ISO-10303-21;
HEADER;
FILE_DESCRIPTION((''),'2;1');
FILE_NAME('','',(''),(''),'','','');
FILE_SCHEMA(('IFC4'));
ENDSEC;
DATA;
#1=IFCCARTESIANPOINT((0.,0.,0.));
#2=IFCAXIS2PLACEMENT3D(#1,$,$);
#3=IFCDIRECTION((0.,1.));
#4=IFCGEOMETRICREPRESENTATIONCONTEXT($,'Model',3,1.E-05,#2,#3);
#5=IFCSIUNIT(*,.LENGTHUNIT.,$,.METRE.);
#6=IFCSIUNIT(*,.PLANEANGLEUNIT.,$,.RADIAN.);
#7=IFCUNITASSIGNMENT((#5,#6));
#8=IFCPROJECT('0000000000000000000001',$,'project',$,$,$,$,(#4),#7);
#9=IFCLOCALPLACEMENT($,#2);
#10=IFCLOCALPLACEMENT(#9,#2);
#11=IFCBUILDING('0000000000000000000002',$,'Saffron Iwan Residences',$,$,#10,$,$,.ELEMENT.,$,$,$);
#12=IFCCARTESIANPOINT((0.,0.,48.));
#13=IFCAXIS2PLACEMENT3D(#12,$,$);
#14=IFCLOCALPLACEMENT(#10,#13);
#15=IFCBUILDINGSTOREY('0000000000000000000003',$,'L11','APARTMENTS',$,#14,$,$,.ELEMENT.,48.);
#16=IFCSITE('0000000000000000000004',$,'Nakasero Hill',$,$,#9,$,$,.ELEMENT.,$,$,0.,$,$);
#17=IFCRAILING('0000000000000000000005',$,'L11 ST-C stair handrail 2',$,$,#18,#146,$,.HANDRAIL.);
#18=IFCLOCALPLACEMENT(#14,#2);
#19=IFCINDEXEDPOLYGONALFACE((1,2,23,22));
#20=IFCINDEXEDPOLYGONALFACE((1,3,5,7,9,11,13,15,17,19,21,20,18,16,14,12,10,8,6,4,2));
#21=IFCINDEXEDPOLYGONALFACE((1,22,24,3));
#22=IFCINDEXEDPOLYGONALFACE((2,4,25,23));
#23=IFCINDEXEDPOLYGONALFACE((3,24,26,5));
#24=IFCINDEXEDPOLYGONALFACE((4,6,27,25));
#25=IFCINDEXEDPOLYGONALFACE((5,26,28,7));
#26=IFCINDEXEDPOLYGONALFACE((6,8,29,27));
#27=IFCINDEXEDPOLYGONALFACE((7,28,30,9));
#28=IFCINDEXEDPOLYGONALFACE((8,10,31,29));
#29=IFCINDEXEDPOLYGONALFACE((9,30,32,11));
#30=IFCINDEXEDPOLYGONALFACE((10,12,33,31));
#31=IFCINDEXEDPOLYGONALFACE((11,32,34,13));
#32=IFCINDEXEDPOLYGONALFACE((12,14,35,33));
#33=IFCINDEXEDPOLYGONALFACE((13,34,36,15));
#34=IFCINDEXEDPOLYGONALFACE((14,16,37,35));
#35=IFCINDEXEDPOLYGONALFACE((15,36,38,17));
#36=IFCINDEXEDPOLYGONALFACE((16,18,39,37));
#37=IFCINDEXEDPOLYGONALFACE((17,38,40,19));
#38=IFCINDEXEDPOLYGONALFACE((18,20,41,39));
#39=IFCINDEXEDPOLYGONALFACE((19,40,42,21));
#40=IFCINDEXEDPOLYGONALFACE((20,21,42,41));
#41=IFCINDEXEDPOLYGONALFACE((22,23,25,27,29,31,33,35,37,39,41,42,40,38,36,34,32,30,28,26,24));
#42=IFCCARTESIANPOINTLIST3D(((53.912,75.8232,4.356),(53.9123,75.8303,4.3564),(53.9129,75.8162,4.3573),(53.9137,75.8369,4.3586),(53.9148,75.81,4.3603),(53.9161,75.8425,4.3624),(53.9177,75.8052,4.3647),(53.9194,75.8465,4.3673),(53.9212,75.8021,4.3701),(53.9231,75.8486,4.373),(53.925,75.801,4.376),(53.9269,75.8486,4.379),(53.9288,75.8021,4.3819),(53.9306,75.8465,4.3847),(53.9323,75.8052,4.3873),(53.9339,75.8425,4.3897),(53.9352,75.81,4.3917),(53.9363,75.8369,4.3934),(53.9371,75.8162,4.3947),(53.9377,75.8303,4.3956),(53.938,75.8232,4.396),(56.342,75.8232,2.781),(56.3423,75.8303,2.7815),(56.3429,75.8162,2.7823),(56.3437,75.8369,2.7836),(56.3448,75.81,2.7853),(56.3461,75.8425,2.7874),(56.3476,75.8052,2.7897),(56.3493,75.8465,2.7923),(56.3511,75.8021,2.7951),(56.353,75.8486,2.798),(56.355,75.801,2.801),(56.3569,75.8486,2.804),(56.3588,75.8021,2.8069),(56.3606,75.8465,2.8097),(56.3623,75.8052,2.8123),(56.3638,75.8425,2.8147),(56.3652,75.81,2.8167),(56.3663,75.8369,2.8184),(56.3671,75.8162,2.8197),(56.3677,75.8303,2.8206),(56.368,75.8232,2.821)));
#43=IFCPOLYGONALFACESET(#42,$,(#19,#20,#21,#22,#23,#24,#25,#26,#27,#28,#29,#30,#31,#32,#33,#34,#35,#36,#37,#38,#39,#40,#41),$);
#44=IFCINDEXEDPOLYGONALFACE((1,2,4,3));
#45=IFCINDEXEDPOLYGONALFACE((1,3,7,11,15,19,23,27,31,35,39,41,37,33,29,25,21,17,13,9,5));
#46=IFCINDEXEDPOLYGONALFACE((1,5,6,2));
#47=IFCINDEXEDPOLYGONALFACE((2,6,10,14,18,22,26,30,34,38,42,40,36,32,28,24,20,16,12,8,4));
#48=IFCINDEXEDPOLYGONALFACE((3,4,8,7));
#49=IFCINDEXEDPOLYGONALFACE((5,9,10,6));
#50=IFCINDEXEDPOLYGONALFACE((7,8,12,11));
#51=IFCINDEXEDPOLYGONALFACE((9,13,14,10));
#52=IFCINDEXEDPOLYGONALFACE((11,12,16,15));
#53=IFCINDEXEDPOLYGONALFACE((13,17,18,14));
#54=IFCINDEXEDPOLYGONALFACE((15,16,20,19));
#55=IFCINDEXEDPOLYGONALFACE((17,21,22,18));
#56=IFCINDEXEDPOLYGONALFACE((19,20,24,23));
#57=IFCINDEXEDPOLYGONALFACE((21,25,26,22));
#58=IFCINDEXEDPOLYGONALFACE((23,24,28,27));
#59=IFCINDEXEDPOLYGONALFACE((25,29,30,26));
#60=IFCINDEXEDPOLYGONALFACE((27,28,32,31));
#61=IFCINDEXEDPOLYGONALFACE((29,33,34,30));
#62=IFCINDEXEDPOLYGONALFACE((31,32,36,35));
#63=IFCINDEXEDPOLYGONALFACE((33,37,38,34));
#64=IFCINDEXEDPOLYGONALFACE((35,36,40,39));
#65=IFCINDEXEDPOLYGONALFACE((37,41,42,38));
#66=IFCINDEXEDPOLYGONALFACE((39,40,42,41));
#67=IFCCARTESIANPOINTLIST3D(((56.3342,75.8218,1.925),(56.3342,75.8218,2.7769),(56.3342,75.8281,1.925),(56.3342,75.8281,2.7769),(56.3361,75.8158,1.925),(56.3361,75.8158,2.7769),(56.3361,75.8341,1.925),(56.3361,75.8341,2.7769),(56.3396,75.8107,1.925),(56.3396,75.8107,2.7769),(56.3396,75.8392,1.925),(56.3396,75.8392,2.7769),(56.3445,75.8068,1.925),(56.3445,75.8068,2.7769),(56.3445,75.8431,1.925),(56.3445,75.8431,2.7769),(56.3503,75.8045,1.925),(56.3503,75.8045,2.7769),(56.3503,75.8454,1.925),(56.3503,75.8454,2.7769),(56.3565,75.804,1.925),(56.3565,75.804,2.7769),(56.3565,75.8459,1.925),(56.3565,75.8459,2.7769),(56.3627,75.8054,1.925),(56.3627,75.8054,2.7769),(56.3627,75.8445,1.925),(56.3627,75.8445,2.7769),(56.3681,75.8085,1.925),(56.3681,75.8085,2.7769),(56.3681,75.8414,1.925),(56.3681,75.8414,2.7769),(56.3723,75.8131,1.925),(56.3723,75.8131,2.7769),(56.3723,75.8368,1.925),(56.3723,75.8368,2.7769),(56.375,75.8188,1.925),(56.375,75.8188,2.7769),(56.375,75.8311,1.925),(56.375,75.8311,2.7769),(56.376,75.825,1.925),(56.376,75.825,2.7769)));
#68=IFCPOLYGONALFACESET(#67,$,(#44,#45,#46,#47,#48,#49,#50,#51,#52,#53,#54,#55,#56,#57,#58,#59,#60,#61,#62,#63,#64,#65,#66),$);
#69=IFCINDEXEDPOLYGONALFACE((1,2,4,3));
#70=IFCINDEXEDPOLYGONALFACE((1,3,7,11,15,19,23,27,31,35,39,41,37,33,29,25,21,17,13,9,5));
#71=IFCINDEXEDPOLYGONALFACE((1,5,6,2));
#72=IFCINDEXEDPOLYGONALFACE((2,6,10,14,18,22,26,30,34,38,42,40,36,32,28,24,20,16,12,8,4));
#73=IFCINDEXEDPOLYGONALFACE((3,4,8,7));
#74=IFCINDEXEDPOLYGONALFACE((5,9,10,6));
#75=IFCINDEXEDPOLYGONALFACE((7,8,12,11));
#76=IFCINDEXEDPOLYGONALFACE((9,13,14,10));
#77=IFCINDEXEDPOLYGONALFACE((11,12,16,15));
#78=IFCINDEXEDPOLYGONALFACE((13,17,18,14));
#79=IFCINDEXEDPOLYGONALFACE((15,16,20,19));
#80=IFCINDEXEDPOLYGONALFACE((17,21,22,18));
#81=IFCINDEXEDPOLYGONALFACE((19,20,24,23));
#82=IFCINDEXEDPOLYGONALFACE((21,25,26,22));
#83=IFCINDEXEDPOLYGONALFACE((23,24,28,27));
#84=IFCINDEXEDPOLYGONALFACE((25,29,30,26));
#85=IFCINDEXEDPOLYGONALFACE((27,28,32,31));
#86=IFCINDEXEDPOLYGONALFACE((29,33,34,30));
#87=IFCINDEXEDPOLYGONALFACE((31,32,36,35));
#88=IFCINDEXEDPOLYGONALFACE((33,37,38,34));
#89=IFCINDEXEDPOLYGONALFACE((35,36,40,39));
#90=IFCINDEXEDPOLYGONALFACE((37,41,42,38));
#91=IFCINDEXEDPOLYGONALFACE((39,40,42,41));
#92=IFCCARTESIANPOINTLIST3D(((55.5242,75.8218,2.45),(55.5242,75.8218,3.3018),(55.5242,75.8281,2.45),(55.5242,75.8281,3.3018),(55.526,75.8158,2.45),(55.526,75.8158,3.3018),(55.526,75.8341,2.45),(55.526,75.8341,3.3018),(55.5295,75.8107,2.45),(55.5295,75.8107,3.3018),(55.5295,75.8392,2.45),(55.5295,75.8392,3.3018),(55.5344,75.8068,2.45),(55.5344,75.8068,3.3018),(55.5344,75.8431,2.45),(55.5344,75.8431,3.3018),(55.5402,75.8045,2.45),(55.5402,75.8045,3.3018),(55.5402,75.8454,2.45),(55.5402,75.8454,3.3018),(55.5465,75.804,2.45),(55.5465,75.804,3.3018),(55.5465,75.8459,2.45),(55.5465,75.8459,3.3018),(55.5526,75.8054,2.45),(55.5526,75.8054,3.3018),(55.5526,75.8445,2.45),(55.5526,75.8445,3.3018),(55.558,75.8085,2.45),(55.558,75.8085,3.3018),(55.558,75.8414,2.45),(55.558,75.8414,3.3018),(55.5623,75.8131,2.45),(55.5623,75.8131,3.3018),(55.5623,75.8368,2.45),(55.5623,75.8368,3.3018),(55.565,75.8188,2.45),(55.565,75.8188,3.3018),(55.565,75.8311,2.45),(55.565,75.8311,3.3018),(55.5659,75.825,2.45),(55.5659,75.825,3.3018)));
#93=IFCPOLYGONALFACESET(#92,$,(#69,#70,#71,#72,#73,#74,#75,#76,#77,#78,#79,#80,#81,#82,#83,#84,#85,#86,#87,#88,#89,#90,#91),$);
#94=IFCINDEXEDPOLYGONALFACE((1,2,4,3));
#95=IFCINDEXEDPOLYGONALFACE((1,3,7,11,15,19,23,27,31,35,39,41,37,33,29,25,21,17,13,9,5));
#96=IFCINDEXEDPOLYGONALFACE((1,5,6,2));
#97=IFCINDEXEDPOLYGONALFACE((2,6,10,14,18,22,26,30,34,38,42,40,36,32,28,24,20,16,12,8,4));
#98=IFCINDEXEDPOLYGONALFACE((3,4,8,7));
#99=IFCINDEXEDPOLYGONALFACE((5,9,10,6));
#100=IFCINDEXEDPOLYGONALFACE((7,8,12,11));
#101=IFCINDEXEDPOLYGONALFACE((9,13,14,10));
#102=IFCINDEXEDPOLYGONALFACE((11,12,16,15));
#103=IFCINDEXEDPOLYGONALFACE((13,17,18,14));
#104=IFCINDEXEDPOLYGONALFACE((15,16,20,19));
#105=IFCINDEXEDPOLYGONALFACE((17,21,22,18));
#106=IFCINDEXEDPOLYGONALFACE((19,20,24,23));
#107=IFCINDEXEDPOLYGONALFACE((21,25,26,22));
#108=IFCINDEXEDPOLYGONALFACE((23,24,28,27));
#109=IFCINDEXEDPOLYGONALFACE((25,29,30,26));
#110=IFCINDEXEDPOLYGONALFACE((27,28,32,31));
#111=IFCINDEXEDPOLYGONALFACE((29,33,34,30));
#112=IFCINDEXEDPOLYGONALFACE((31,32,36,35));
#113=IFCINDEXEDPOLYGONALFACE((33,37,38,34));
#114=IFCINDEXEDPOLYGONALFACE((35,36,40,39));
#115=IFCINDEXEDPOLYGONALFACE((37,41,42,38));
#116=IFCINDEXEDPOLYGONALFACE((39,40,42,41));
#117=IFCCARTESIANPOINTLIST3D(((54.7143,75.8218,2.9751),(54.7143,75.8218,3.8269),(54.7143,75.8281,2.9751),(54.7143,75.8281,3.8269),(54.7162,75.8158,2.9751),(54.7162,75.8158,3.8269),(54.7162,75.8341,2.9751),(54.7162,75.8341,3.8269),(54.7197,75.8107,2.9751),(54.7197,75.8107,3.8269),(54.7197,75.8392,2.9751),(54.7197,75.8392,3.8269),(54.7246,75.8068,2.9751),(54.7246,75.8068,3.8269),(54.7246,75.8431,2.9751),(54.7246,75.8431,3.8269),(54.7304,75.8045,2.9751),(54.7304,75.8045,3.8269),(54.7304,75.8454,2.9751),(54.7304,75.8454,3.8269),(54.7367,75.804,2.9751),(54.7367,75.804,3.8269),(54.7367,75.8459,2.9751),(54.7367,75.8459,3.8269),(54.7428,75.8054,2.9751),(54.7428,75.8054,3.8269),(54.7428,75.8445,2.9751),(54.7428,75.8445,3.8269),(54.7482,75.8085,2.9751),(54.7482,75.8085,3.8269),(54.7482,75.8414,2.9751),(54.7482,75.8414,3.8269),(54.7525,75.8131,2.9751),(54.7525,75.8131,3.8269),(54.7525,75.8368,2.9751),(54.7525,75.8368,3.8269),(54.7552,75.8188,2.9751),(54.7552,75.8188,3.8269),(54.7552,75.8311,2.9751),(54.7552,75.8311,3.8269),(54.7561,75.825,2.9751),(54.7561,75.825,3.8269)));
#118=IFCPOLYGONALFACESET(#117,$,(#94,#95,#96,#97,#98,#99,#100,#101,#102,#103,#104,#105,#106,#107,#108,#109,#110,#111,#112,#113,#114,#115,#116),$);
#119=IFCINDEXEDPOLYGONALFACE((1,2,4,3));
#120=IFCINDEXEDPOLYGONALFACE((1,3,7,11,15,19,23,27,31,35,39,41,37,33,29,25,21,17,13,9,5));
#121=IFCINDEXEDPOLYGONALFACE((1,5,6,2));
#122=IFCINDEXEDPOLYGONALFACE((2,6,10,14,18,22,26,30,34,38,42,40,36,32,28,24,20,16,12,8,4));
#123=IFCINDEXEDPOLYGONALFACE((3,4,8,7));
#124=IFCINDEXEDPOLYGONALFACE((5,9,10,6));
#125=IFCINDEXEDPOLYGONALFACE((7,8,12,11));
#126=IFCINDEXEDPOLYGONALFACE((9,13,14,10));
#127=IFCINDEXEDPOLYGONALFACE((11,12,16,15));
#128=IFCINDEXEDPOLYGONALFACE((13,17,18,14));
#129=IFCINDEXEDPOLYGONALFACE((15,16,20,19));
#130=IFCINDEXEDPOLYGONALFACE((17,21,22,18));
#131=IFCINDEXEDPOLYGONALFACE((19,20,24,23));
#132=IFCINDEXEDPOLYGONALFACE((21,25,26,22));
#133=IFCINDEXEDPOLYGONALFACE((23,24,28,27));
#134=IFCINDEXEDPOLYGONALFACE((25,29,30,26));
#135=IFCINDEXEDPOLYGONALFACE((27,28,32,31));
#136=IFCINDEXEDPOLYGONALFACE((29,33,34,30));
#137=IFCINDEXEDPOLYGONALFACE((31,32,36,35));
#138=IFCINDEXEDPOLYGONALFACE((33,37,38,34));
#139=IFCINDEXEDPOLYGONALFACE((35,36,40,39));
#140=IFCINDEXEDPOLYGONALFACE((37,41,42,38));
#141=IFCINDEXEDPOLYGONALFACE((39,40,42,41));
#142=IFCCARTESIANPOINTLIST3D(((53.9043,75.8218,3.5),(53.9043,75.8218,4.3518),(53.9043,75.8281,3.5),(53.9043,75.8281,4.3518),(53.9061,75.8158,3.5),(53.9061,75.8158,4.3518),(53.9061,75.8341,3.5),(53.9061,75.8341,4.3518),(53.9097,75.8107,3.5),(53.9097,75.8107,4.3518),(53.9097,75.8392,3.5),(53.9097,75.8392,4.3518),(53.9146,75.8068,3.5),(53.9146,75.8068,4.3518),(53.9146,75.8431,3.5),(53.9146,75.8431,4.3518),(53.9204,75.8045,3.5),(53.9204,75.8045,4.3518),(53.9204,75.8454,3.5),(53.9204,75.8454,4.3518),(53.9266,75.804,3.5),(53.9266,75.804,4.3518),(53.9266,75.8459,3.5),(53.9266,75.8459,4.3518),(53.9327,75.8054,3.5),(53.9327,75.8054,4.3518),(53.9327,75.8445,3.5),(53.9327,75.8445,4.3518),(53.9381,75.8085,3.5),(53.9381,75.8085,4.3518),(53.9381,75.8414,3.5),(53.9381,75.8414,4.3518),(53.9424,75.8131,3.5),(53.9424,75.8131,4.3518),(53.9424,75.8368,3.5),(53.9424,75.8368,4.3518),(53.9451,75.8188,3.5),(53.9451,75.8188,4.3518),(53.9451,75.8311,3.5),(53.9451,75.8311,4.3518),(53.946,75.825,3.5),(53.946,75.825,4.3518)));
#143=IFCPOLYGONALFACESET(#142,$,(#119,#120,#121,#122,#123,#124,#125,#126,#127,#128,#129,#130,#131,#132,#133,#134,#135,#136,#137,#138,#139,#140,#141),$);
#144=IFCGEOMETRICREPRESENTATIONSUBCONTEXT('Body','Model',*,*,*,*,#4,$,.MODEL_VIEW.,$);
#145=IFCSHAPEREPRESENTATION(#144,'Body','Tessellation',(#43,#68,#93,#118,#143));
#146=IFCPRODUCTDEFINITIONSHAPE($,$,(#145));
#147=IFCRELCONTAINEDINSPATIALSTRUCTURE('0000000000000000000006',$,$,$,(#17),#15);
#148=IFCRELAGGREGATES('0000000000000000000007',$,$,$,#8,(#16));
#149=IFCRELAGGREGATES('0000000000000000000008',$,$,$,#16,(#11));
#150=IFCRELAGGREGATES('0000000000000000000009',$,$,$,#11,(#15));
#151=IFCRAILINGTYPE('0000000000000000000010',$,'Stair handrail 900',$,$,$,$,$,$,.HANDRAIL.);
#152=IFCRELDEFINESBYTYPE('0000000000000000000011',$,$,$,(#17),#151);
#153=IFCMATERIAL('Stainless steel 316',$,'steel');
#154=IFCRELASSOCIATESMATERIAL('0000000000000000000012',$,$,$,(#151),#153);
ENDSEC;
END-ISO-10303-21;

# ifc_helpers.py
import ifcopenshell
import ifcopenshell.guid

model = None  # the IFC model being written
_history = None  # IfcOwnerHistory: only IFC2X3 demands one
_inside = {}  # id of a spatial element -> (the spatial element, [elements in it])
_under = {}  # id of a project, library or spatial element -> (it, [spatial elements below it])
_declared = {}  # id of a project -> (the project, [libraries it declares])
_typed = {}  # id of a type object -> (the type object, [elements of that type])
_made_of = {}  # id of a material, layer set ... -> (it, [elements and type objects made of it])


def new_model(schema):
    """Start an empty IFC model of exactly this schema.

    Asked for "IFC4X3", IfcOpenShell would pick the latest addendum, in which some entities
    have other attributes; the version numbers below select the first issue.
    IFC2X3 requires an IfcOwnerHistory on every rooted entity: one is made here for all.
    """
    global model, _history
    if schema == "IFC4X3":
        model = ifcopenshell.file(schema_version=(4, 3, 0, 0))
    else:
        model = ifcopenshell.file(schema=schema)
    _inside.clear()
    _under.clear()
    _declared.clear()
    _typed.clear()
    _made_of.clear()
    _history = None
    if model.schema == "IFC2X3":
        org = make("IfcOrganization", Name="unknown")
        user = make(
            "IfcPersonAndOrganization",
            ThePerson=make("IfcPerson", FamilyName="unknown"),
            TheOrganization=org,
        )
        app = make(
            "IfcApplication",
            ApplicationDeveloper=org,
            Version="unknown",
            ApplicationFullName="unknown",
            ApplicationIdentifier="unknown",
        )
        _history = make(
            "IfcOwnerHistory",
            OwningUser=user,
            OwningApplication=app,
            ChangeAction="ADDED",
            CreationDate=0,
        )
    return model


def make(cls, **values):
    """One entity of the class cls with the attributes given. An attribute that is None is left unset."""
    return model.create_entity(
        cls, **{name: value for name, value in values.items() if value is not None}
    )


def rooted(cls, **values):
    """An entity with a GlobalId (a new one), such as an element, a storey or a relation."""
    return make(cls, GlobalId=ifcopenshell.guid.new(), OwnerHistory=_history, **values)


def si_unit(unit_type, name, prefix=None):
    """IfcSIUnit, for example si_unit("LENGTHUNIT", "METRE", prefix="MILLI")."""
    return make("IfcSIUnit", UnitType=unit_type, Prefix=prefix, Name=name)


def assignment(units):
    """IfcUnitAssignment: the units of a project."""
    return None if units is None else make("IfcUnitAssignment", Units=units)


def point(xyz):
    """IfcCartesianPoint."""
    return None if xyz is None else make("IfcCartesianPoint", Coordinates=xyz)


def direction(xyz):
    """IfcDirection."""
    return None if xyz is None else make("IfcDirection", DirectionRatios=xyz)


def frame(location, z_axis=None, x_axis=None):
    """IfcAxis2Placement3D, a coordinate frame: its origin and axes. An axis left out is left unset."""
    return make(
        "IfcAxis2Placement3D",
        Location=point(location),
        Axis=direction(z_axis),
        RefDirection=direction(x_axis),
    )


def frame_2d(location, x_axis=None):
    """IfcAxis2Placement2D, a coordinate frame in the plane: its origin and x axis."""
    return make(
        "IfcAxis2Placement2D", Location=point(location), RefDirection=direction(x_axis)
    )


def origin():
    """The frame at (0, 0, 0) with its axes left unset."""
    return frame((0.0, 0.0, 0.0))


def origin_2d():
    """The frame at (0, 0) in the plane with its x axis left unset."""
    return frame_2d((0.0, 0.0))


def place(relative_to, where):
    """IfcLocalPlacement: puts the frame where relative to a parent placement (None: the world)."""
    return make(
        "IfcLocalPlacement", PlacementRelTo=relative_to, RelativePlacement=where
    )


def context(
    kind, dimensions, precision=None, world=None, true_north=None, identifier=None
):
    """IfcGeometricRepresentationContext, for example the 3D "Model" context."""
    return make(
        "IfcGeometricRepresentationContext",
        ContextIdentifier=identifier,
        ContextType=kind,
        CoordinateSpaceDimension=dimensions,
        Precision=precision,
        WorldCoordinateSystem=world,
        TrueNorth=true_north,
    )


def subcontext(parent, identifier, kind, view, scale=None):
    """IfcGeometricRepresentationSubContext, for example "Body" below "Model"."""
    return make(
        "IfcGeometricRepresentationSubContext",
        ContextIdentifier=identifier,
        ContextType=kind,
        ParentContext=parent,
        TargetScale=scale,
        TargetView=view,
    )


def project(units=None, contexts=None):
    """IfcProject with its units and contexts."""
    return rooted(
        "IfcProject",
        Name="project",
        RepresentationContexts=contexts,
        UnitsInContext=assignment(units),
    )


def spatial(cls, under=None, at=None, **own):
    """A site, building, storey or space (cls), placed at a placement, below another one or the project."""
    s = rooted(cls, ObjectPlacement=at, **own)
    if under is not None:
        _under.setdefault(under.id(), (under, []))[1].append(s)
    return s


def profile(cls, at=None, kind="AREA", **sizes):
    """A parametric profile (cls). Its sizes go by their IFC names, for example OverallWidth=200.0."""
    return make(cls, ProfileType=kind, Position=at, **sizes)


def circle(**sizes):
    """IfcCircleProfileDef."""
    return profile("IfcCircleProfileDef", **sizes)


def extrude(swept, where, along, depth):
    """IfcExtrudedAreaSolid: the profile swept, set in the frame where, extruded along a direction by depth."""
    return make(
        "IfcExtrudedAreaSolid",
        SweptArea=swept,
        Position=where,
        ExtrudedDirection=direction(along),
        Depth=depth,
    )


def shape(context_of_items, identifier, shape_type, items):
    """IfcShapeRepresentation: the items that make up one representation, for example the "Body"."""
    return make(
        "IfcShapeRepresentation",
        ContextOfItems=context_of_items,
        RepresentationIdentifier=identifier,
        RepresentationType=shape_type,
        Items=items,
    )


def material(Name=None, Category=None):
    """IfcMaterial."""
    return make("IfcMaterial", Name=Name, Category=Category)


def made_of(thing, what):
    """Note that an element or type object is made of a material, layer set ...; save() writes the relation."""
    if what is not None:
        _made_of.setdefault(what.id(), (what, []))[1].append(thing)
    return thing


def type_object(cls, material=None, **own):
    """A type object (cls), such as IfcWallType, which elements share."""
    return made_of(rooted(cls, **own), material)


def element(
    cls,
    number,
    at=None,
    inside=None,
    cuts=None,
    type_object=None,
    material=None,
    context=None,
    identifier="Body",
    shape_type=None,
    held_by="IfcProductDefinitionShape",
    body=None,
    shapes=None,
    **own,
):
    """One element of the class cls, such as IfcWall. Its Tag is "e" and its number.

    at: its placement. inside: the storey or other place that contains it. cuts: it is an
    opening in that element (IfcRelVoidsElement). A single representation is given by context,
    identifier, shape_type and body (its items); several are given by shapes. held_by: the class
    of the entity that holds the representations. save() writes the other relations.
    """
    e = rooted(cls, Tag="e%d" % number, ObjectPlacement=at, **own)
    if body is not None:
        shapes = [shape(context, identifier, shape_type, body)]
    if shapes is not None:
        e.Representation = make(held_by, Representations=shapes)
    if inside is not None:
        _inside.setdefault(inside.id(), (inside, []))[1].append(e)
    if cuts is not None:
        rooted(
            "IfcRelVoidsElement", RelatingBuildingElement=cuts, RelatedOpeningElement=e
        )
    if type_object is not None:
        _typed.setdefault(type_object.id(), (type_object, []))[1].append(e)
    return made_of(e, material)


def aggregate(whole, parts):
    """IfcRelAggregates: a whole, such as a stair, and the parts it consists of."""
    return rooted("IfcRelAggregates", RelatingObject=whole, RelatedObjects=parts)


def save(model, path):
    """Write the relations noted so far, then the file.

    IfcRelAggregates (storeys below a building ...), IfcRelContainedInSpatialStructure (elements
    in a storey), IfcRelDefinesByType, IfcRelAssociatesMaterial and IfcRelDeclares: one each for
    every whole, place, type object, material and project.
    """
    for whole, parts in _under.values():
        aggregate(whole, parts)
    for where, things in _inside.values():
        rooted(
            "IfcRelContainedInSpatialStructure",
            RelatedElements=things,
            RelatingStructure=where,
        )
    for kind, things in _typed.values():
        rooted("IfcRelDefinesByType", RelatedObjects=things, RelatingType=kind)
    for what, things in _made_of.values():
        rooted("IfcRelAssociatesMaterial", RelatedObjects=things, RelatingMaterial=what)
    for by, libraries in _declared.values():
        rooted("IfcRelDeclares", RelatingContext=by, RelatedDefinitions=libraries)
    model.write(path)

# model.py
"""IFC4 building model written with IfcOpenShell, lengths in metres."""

from ifc_helpers import new_model, si_unit, direction, frame, origin, origin_2d, place, context, subcontext, project, spatial, circle, extrude, material, type_object, element, save


model = new_model("IFC4")

# Units and contexts
model_context = context("Model", 3, precision=1e-05, world=origin(), true_north=direction((0.0, 1.0)))
body_context = subcontext(model_context, "Body", "Model", "MODEL_VIEW")
ifc_project = project(units=[si_unit("LENGTHUNIT", "METRE"), si_unit("PLANEANGLEUNIT", "RADIAN")], contexts=[model_context])

# Site, building, storey
site_placement = place(None, origin())
site = spatial("IfcSite", under=ifc_project, at=site_placement, Name="Nakasero Hill", CompositionType="ELEMENT", RefElevation=0.0)
building_placement = place(site_placement, origin())
building = spatial("IfcBuilding", under=site, at=building_placement, Name="Saffron Iwan Residences", CompositionType="ELEMENT")
storey_placement = place(building_placement, frame((0.0, 0.0, 48.0)))
storey = spatial("IfcBuildingStorey", under=building, at=storey_placement, Name="L11", Description="APARTMENTS", CompositionType="ELEMENT", Elevation=48.0)

# Railing
ifc_material_1 = material(Name="Stainless steel 316", Category="steel")
railing_type_1 = type_object("IfcRailingType", Name="Stair handrail 900", PredefinedType="HANDRAIL", material=ifc_material_1)
railing_1_placement = place(storey_placement, frame((56.355, 75.825, 1.925)))
element("IfcRailing", 1, at=railing_1_placement, inside=storey, type_object=railing_type_1, Name="L11 ST-C stair handrail 2", PredefinedType="HANDRAIL", context=body_context, shape_type="SweptSolid", body=[
    extrude(circle(Radius=0.0239, at=origin_2d()), frame((0.0, 0.0, 0.876), z_axis=(-0.839154, 0.0, 0.543894), x_axis=(0.0, -1.0, 0.0)), (0.0, 0.0, 1.0), 2.8958),
    extrude(circle(Radius=0.021, at=origin_2d()), origin(), (0.0, 0.0, 1.0), 0.8518),
    extrude(circle(Radius=0.021, at=origin_2d()), frame((-0.8101, 0.0, 0.5249)), (0.0, 0.0, 1.0), 0.8518),
    extrude(circle(Radius=0.021, at=origin_2d()), frame((-1.6199, 0.0, 1.05)), (0.0, 0.0, 1.0), 0.8518),
    extrude(circle(Radius=0.021, at=origin_2d()), frame((-2.4299, 0.0, 1.575)), (0.0, 0.0, 1.0), 0.8518),
])

save(model, "model.ifc")
